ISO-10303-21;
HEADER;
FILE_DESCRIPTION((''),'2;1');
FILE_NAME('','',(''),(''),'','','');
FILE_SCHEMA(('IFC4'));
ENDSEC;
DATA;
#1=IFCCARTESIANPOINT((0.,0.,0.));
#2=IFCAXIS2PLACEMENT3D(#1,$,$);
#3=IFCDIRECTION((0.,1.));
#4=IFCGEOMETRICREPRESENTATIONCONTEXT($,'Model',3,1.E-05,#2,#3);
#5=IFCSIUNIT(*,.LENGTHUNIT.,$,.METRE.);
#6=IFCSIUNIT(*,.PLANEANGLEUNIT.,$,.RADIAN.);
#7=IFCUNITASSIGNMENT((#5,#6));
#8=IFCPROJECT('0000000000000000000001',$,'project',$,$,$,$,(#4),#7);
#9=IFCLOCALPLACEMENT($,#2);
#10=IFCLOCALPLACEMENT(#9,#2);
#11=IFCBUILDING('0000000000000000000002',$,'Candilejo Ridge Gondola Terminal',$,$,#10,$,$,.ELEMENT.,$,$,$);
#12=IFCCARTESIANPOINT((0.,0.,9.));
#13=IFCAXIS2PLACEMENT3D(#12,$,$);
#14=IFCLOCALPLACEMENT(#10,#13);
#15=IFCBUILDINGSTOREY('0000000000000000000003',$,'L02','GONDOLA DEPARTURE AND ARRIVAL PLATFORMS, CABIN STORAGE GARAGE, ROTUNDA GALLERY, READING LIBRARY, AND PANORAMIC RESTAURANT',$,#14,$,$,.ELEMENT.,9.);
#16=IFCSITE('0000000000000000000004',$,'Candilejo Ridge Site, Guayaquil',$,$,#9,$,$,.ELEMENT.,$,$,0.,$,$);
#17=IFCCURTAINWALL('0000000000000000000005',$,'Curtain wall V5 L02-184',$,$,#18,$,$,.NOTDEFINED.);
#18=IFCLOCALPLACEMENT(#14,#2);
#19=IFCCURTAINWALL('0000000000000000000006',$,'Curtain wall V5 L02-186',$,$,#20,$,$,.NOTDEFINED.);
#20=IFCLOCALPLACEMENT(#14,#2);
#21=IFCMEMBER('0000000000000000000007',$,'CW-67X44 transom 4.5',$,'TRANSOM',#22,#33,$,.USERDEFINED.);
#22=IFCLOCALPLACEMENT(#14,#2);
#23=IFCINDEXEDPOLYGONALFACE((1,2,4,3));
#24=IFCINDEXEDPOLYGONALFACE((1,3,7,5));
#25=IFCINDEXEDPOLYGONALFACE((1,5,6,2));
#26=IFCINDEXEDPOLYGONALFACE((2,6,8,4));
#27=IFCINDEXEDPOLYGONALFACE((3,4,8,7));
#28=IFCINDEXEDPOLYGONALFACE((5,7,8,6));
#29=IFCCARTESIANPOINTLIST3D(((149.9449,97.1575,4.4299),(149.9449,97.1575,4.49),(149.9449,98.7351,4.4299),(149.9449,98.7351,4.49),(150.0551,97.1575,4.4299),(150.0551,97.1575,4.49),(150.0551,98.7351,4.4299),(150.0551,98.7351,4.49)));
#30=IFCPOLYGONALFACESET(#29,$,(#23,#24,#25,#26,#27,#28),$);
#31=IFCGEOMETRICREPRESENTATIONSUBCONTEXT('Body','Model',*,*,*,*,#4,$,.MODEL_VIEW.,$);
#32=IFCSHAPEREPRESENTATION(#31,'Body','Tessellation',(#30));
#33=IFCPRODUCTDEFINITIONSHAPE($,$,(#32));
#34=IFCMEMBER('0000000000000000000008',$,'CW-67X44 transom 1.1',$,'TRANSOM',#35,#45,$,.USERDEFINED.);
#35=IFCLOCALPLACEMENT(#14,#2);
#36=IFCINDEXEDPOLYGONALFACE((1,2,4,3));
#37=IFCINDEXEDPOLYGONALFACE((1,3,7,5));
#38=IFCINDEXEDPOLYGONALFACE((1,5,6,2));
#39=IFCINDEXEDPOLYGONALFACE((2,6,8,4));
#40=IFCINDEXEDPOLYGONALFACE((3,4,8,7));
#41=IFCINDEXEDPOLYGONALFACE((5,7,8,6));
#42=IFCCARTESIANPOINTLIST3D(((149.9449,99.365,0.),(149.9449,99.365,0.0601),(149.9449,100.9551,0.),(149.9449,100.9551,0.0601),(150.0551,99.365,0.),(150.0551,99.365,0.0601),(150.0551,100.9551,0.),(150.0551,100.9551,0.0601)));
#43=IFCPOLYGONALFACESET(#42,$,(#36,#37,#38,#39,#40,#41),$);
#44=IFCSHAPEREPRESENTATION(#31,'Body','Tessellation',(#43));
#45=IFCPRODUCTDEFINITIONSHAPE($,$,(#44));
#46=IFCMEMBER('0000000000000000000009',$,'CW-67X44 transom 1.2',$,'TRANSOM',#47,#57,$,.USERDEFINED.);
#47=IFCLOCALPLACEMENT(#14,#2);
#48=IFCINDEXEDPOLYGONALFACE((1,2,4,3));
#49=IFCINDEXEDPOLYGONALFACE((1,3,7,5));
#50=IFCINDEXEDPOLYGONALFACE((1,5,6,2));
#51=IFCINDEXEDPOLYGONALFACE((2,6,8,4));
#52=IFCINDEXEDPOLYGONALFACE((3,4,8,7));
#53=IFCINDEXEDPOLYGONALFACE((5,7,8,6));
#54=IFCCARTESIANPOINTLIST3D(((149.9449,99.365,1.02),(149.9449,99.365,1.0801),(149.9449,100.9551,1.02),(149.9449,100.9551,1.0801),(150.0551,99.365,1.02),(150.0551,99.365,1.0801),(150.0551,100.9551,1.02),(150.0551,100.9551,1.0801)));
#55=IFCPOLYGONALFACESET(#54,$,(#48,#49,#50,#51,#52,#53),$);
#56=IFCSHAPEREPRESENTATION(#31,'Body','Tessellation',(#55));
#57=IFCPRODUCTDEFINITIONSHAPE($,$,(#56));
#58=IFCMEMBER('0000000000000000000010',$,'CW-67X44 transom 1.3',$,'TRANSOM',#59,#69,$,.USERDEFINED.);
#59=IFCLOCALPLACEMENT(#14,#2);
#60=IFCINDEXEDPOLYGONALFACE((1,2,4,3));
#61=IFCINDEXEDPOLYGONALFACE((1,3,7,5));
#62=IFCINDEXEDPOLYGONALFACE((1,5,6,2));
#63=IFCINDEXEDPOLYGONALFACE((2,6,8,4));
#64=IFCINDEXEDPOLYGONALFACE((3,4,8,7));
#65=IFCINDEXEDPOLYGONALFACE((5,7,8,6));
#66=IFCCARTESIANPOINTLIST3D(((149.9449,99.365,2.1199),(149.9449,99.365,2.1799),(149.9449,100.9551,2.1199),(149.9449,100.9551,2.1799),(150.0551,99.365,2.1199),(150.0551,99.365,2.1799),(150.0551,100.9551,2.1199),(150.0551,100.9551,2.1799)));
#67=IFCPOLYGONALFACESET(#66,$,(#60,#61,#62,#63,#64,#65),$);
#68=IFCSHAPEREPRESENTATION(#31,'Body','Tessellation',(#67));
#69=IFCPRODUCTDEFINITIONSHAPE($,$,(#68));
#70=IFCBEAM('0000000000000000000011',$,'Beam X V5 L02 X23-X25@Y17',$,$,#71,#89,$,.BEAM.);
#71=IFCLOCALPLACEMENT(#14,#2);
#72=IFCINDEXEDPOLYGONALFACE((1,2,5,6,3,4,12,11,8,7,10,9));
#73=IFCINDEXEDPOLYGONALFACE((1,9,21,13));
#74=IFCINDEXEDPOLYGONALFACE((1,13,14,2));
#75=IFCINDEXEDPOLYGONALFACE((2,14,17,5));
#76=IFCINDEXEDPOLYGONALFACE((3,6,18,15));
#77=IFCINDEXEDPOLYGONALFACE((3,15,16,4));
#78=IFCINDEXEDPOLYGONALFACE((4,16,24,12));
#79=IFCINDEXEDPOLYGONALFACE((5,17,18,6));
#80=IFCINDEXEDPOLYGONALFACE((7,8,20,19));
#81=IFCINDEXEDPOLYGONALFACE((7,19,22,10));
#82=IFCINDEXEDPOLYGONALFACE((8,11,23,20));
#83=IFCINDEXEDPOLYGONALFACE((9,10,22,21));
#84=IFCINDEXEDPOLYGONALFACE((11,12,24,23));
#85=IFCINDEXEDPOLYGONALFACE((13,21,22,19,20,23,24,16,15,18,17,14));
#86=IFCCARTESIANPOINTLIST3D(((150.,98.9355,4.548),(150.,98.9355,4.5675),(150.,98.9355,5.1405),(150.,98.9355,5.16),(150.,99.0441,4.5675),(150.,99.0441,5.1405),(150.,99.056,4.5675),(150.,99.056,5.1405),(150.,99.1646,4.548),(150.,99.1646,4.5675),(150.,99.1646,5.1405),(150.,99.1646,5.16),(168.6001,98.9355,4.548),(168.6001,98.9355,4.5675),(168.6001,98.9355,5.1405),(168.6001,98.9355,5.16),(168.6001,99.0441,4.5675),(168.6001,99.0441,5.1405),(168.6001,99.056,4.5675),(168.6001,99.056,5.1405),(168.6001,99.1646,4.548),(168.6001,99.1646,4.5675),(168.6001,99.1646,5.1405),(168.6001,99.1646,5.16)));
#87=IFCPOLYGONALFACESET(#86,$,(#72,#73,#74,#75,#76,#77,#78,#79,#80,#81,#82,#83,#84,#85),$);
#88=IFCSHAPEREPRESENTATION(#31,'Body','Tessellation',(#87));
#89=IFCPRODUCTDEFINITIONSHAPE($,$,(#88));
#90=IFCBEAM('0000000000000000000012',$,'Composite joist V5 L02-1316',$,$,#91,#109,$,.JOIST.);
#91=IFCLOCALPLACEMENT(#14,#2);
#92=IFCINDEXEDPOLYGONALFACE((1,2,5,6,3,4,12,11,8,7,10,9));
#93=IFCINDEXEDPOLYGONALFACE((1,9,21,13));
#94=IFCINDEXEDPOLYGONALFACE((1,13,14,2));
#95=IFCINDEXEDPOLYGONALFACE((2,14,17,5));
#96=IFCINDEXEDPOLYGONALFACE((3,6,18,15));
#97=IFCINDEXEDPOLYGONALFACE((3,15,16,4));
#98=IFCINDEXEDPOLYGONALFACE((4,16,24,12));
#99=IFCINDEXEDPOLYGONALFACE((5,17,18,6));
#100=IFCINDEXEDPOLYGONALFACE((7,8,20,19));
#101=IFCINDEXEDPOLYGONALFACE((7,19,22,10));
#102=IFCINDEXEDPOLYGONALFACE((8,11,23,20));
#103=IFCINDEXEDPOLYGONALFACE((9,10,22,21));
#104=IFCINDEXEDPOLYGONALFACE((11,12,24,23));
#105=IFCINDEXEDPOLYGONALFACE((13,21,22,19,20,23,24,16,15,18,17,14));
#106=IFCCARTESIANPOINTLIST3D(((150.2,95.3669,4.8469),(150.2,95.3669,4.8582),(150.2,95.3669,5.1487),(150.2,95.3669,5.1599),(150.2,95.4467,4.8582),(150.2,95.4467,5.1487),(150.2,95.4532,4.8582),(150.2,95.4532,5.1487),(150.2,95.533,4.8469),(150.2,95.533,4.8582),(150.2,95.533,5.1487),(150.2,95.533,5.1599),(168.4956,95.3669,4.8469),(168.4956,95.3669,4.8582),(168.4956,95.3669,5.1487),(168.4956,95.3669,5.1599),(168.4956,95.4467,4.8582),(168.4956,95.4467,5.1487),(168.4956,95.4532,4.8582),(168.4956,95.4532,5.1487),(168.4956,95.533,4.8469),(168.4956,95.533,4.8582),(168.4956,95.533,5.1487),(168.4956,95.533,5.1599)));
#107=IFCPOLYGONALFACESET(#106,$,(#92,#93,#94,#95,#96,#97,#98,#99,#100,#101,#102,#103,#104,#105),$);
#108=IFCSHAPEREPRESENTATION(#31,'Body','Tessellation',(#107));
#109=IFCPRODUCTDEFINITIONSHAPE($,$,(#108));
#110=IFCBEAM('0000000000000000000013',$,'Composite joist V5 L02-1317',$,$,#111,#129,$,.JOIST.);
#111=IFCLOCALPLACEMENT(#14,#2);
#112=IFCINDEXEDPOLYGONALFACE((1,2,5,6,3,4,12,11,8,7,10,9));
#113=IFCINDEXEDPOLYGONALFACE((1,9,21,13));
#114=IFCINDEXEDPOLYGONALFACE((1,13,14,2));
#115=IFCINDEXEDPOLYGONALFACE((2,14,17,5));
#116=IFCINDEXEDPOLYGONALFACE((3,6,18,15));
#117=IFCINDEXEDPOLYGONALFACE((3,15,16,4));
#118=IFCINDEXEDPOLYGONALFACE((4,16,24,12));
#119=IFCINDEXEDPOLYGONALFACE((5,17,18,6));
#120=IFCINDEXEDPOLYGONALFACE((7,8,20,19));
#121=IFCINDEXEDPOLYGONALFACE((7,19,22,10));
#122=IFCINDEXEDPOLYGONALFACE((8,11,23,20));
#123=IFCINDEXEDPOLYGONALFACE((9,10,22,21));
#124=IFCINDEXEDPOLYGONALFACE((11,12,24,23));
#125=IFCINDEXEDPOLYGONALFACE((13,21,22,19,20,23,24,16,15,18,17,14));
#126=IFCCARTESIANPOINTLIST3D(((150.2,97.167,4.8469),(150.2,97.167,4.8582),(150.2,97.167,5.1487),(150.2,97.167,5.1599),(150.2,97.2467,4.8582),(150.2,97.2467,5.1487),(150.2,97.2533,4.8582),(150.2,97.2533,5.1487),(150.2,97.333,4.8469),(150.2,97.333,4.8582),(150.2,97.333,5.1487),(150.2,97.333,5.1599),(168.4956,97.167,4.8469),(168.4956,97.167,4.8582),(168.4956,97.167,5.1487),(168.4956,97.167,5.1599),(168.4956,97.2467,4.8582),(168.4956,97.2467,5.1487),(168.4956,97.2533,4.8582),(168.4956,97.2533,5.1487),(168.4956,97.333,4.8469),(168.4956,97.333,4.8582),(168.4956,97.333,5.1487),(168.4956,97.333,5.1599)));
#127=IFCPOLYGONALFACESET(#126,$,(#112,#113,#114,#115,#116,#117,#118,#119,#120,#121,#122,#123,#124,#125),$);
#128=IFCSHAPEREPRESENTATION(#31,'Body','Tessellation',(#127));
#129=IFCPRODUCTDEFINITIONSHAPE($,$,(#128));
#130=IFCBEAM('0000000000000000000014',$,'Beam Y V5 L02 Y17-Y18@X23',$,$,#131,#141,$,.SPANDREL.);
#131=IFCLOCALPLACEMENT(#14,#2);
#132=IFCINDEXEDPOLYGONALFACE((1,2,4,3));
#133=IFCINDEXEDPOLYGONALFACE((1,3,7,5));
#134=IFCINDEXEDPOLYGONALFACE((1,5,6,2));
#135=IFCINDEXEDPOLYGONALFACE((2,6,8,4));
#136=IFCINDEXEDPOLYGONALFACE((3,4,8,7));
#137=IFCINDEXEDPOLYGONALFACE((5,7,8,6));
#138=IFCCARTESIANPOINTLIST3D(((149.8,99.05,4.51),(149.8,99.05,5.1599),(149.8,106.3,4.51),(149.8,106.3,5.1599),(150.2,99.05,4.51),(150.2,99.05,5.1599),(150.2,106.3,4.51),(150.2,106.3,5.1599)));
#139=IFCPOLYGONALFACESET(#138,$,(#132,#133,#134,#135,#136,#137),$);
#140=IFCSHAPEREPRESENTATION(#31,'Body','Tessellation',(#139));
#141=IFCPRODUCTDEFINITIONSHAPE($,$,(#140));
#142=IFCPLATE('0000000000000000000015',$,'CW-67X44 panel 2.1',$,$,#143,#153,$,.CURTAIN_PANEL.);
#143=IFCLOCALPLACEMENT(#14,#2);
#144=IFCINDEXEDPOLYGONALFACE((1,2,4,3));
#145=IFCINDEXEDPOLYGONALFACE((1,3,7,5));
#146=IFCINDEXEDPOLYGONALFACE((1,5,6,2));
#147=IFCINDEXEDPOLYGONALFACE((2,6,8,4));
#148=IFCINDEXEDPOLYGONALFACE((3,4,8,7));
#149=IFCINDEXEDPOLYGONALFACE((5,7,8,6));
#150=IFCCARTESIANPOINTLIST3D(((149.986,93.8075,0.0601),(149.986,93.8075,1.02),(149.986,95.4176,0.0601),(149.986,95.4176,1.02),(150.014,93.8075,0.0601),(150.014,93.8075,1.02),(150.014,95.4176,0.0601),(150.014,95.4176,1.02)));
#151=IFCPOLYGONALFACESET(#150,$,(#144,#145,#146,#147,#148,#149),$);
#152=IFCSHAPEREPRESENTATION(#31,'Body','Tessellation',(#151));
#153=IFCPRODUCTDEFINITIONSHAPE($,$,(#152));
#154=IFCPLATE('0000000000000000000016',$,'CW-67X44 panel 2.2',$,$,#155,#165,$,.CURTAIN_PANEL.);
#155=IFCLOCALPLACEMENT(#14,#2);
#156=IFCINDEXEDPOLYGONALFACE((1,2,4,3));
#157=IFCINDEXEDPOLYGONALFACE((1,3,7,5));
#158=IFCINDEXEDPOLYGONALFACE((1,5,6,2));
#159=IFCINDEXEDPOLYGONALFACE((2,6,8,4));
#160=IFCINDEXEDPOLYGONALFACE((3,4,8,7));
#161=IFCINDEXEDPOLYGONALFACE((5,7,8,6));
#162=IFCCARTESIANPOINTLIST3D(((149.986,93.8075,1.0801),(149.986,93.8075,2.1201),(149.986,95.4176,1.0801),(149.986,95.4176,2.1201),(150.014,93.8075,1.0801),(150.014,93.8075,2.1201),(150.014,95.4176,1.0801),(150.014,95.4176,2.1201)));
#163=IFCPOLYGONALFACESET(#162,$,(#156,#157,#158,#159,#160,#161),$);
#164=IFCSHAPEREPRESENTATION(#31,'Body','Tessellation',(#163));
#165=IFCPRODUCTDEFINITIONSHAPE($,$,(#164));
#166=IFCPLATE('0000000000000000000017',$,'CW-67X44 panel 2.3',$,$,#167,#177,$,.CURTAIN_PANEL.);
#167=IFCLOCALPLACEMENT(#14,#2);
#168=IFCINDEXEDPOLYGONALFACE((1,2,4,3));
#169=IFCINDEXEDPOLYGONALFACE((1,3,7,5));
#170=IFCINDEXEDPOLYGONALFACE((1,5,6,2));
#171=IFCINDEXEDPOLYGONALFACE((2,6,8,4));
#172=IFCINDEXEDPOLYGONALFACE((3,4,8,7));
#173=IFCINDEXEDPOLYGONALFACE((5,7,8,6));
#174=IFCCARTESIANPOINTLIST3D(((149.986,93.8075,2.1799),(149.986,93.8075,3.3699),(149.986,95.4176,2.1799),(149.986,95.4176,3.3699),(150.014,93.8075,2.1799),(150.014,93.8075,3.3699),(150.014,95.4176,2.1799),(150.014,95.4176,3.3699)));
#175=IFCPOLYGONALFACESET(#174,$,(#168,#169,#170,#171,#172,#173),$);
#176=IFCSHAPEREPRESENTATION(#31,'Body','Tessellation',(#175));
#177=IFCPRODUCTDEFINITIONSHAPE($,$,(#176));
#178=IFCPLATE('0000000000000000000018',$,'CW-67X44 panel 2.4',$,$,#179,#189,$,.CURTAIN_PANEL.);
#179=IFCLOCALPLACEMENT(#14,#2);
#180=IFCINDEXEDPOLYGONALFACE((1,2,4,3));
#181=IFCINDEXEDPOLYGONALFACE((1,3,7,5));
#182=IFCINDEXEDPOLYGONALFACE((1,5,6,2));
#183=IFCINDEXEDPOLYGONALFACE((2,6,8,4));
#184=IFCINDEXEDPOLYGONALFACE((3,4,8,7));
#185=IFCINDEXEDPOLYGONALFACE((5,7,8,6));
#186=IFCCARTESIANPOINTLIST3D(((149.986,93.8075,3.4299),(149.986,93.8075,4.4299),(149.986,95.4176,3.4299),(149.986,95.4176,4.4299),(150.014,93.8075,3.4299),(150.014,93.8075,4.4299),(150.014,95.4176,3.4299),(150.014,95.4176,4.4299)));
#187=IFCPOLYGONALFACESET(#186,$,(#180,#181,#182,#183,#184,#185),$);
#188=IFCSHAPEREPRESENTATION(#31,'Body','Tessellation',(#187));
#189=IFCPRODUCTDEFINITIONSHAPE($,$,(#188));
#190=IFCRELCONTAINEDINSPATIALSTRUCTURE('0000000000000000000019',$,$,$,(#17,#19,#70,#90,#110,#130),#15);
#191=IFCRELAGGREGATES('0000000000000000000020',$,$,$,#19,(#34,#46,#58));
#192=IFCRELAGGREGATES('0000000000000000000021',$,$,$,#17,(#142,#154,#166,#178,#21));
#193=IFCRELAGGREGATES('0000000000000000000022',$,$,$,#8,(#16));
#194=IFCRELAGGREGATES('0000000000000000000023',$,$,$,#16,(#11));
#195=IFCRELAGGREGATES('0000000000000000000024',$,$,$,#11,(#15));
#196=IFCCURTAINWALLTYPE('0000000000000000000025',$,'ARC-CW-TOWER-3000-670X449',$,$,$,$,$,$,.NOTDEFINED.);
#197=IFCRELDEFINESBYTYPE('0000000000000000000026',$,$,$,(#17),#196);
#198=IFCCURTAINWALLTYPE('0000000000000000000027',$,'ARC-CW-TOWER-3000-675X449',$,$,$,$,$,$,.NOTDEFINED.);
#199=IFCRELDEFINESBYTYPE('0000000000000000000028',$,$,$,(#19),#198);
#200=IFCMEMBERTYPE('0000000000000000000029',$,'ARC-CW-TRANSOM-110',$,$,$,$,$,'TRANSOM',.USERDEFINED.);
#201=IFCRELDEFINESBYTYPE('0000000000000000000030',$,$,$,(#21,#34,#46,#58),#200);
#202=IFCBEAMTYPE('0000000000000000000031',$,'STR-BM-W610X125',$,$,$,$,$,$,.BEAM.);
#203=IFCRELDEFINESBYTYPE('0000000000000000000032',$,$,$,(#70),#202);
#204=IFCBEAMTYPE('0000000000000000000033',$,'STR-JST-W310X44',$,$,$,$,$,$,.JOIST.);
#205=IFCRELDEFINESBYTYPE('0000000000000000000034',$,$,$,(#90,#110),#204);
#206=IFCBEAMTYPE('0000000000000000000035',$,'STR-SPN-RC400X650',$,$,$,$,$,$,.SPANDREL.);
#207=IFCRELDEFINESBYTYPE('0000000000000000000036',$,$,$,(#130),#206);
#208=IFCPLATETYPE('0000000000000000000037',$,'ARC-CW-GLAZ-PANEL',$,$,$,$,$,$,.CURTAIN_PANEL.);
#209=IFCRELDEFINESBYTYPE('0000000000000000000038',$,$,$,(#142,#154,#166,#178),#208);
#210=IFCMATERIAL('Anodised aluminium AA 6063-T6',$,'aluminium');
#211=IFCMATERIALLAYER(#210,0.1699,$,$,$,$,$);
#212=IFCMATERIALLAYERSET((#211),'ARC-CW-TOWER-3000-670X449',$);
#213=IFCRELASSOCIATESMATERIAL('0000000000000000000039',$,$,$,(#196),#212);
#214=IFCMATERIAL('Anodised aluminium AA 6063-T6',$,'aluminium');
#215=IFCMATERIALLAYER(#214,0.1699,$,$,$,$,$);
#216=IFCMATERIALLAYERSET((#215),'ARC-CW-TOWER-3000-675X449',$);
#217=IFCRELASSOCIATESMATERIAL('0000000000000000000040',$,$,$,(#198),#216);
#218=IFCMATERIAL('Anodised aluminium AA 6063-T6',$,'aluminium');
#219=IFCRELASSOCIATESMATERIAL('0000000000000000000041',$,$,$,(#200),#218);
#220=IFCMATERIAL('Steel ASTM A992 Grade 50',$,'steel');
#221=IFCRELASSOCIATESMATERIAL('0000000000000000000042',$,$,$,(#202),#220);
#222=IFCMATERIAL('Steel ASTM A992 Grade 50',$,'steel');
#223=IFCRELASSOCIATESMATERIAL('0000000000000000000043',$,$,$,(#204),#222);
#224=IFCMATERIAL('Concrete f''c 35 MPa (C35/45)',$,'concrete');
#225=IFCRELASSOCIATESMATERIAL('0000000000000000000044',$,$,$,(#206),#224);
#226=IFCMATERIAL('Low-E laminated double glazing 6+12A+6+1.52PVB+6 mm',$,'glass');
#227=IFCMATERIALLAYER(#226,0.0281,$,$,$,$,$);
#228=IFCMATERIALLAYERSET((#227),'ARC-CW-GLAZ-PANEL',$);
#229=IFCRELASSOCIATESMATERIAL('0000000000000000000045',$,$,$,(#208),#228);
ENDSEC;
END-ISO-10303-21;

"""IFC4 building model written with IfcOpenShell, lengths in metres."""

from ifc_helpers import new_model, si_unit, direction, frame, origin, origin_2d, place, context, subcontext, project, spatial, rectangle, i_section, extrude, material, layer, layer_set, material_profile, profile_set, type_object, element, aggregate, save


model = new_model("IFC4")

# Units and contexts
model_context = context("Model", 3, precision=1e-05, world=origin(), true_north=direction((0.0, 1.0)))
body_context = subcontext(model_context, "Body", "Model", "MODEL_VIEW")
ifc_project = project(units=[si_unit("LENGTHUNIT", "METRE"), si_unit("PLANEANGLEUNIT", "RADIAN")], contexts=[model_context])

# Site, building, storey
site_placement = place(None, origin())
site = spatial("IfcSite", under=ifc_project, at=site_placement, Name="Candilejo Ridge Site, Guayaquil", CompositionType="ELEMENT", RefElevation=0.0)
building_placement = place(site_placement, origin())
building = spatial("IfcBuilding", under=site, at=building_placement, Name="Candilejo Ridge Gondola Terminal", CompositionType="ELEMENT")
storey_placement = place(building_placement, frame((0.0, 0.0, 9.0)))
storey = spatial("IfcBuildingStorey", under=building, at=storey_placement, Name="L02", Description="GONDOLA DEPARTURE AND ARRIVAL PLATFORMS, CABIN STORAGE GARAGE, ROTUNDA GALLERY, READING LIBRARY, AND PANORAMIC RESTAURANT", CompositionType="ELEMENT", Elevation=9.0)

# Curtain wall
ifc_material_1 = material(Name="Anodised aluminium AA 6063-T6", Category="aluminium")
ifc_layer_1 = layer(ifc_material_1, 0.1699)
ifc_layer_set_1 = layer_set([ifc_layer_1], Name="ARC-CW-TOWER-3000-670X449")
curtain_wall_type_1 = type_object("IfcCurtainWallType", Name="ARC-CW-TOWER-3000-670X449", PredefinedType="NOTDEFINED", material=ifc_layer_set_1)
curtain_wall_1_placement = place(storey_placement, origin())
curtain_wall_1 = element("IfcCurtainWall", 1, at=curtain_wall_1_placement, inside=storey, type_object=curtain_wall_type_1, Name="Curtain wall V5 L02-184", PredefinedType="NOTDEFINED")

# Curtain wall
ifc_material_2 = material(Name="Anodised aluminium AA 6063-T6", Category="aluminium")
ifc_layer_2 = layer(ifc_material_2, 0.1699)
ifc_layer_set_2 = layer_set([ifc_layer_2], Name="ARC-CW-TOWER-3000-675X449")
curtain_wall_type_2 = type_object("IfcCurtainWallType", Name="ARC-CW-TOWER-3000-675X449", PredefinedType="NOTDEFINED", material=ifc_layer_set_2)
curtain_wall_2_placement = place(storey_placement, origin())
curtain_wall_2 = element("IfcCurtainWall", 2, at=curtain_wall_2_placement, inside=storey, type_object=curtain_wall_type_2, Name="Curtain wall V5 L02-186", PredefinedType="NOTDEFINED")

# Members
ifc_material_3 = material(Name="Anodised aluminium AA 6063-T6", Category="aluminium")
ifc_material_profile_1 = material_profile(ifc_material_3, rectangle(XDim=0.1101, YDim=0.0601, at=origin_2d()))
ifc_profile_set_1 = profile_set([ifc_material_profile_1], Name="Anodised aluminium AA 6063-T6")
member_type_1 = type_object("IfcMemberType", Name="ARC-CW-TRANSOM-110", ElementType="TRANSOM", PredefinedType="USERDEFINED", material=ifc_profile_set_1)
member_1_placement = place(storey_placement, frame((150.0, 97.1575, 4.46), z_axis=(0.0, 1.0, 0.0), x_axis=(-1.0, 0.0, 0.0)))
member_1 = element("IfcMember", 3, at=member_1_placement, type_object=member_type_1, Name="CW-67X44 transom 4.5", ObjectType="TRANSOM", PredefinedType="USERDEFINED", context=body_context, shape_type="SweptSolid", body=[
    extrude(rectangle(XDim=0.1101, YDim=0.0601, at=origin_2d()), origin(), (0.0, 0.0, 1.0), 1.5776),
])
member_2_placement = place(storey_placement, frame((150.0, 99.365, 0.03), z_axis=(0.0, 1.0, 0.0), x_axis=(-1.0, 0.0, 0.0)))
member_2 = element("IfcMember", 4, at=member_2_placement, type_object=member_type_1, Name="CW-67X44 transom 1.1", ObjectType="TRANSOM", PredefinedType="USERDEFINED", context=body_context, shape_type="SweptSolid", body=[
    extrude(rectangle(XDim=0.1101, YDim=0.0601, at=origin_2d()), origin(), (0.0, 0.0, 1.0), 1.5901),
])
member_3_placement = place(storey_placement, frame((150.0, 99.365, 1.05), z_axis=(0.0, 1.0, 0.0), x_axis=(-1.0, 0.0, 0.0)))
member_3 = element("IfcMember", 5, at=member_3_placement, type_object=member_type_1, Name="CW-67X44 transom 1.2", ObjectType="TRANSOM", PredefinedType="USERDEFINED", context=body_context, shape_type="SweptSolid", body=[
    extrude(rectangle(XDim=0.1101, YDim=0.0601, at=origin_2d()), origin(), (0.0, 0.0, 1.0), 1.5901),
])
member_4_placement = place(storey_placement, frame((150.0, 99.365, 2.1499), z_axis=(0.0, 1.0, 0.0), x_axis=(-1.0, 0.0, 0.0)))
member_4 = element("IfcMember", 6, at=member_4_placement, type_object=member_type_1, Name="CW-67X44 transom 1.3", ObjectType="TRANSOM", PredefinedType="USERDEFINED", context=body_context, shape_type="SweptSolid", body=[
    extrude(rectangle(XDim=0.1101, YDim=0.0601, at=origin_2d()), origin(), (0.0, 0.0, 1.0), 1.5901),
])
aggregate(curtain_wall_2, [member_2, member_3, member_4])

# Beams
ifc_material_4 = material(Name="Steel ASTM A992 Grade 50", Category="steel")
ifc_material_profile_2 = material_profile(ifc_material_4, i_section(OverallWidth=0.229, OverallDepth=0.6121, WebThickness=0.012, FlangeThickness=0.0195, at=origin_2d()))
ifc_profile_set_2 = profile_set([ifc_material_profile_2], Name="Steel ASTM A992 Grade 50")
beam_type_1 = type_object("IfcBeamType", Name="STR-BM-W610X125", PredefinedType="BEAM", material=ifc_profile_set_2)
beam_1_placement = place(storey_placement, frame((150.0, 99.05, 4.854), z_axis=(1.0, 0.0, 0.0), x_axis=(0.0, 1.0, 0.0)))
element("IfcBeam", 7, at=beam_1_placement, inside=storey, type_object=beam_type_1, Name="Beam X V5 L02 X23-X25@Y17", PredefinedType="BEAM", context=body_context, shape_type="SweptSolid", body=[
    extrude(i_section(OverallWidth=0.229, OverallDepth=0.6121, WebThickness=0.012, FlangeThickness=0.0195, at=origin_2d()), origin(), (0.0, 0.0, 1.0), 18.6001),
])
ifc_material_5 = material(Name="Steel ASTM A992 Grade 50", Category="steel")
ifc_material_profile_3 = material_profile(ifc_material_5, i_section(OverallWidth=0.166, OverallDepth=0.313, WebThickness=0.0066, FlangeThickness=0.0112, at=origin_2d()))
ifc_profile_set_3 = profile_set([ifc_material_profile_3], Name="Steel ASTM A992 Grade 50")
beam_type_2 = type_object("IfcBeamType", Name="STR-JST-W310X44", PredefinedType="JOIST", material=ifc_profile_set_3)
for number, where, z_axis, x_axis, name in (
    (8, (150.2, 95.45, 5.0034), (1.0, 0.0, 0.0), (0.0, 1.0, 0.0), "Composite joist V5 L02-1316"),
    (9, (150.2, 97.25, 5.0034), (1.0, 0.0, 0.0), (0.0, 1.0, 0.0), "Composite joist V5 L02-1317"),
):
    element("IfcBeam", number, at=place(storey_placement, frame(where, z_axis=z_axis, x_axis=x_axis)), inside=storey, type_object=beam_type_2, Name=name, PredefinedType="JOIST", context=body_context, shape_type="SweptSolid", body=[
        extrude(i_section(OverallWidth=0.166, OverallDepth=0.313, WebThickness=0.0066, FlangeThickness=0.0112, at=origin_2d()), origin(), (0.0, 0.0, 1.0), 18.2957),
    ])
ifc_material_6 = material(Name="Concrete f'c 35 MPa (C35/45)", Category="concrete")
ifc_material_profile_4 = material_profile(ifc_material_6, rectangle(XDim=0.3999, YDim=0.6499, at=origin_2d()))
ifc_profile_set_4 = profile_set([ifc_material_profile_4], Name="Concrete f'c 35 MPa (C35/45)")
beam_type_3 = type_object("IfcBeamType", Name="STR-SPN-RC400X650", PredefinedType="SPANDREL", material=ifc_profile_set_4)
beam_2_placement = place(storey_placement, frame((150.0, 99.05, 4.835), z_axis=(0.0, 1.0, 0.0), x_axis=(-1.0, 0.0, 0.0)))
element("IfcBeam", 10, at=beam_2_placement, inside=storey, type_object=beam_type_3, Name="Beam Y V5 L02 Y17-Y18@X23", PredefinedType="SPANDREL", context=body_context, shape_type="SweptSolid", body=[
    extrude(rectangle(XDim=0.3999, YDim=0.6499, at=origin_2d()), origin(), (0.0, 0.0, 1.0), 7.25),
])

# Plates
ifc_material_7 = material(Name="Low-E laminated double glazing 6+12A+6+1.52PVB+6 mm", Category="glass")
ifc_layer_3 = layer(ifc_material_7, 0.0281)
ifc_layer_set_3 = layer_set([ifc_layer_3], Name="ARC-CW-GLAZ-PANEL")
plate_type = type_object("IfcPlateType", Name="ARC-CW-GLAZ-PANEL", PredefinedType="CURTAIN_PANEL", material=ifc_layer_set_3)
plate_1_placement = place(storey_placement, frame((150.0, 94.6125, 0.0601), z_axis=(0.0, 0.0, 1.0), x_axis=(0.0, 1.0, 0.0)))
plate_1 = element("IfcPlate", 11, at=plate_1_placement, type_object=plate_type, Name="CW-67X44 panel 2.1", PredefinedType="CURTAIN_PANEL", context=body_context, shape_type="SweptSolid", body=[
    extrude(rectangle(XDim=1.6101, YDim=0.0281, at=origin_2d()), origin(), (0.0, 0.0, 1.0), 0.96),
])
plate_2_placement = place(storey_placement, frame((150.0, 94.6125, 1.0801), z_axis=(0.0, 0.0, 1.0), x_axis=(0.0, 1.0, 0.0)))
plate_2 = element("IfcPlate", 12, at=plate_2_placement, type_object=plate_type, Name="CW-67X44 panel 2.2", PredefinedType="CURTAIN_PANEL", context=body_context, shape_type="SweptSolid", body=[
    extrude(rectangle(XDim=1.6101, YDim=0.0281, at=origin_2d()), origin(), (0.0, 0.0, 1.0), 1.04),
])
plate_3_placement = place(storey_placement, frame((150.0, 94.6125, 2.1799), z_axis=(0.0, 0.0, 1.0), x_axis=(0.0, 1.0, 0.0)))
plate_3 = element("IfcPlate", 13, at=plate_3_placement, type_object=plate_type, Name="CW-67X44 panel 2.3", PredefinedType="CURTAIN_PANEL", context=body_context, shape_type="SweptSolid", body=[
    extrude(rectangle(XDim=1.6101, YDim=0.0281, at=origin_2d()), origin(), (0.0, 0.0, 1.0), 1.1899),
])
plate_4_placement = place(storey_placement, frame((150.0, 94.6125, 3.4299), z_axis=(0.0, 0.0, 1.0), x_axis=(0.0, 1.0, 0.0)))
plate_4 = element("IfcPlate", 14, at=plate_4_placement, type_object=plate_type, Name="CW-67X44 panel 2.4", PredefinedType="CURTAIN_PANEL", context=body_context, shape_type="SweptSolid", body=[
    extrude(rectangle(XDim=1.6101, YDim=0.0281, at=origin_2d()), origin(), (0.0, 0.0, 1.0), 1.0),
])
aggregate(curtain_wall_1, [plate_1, plate_2, plate_3, plate_4, member_1])

save(model, "model.ifc")
